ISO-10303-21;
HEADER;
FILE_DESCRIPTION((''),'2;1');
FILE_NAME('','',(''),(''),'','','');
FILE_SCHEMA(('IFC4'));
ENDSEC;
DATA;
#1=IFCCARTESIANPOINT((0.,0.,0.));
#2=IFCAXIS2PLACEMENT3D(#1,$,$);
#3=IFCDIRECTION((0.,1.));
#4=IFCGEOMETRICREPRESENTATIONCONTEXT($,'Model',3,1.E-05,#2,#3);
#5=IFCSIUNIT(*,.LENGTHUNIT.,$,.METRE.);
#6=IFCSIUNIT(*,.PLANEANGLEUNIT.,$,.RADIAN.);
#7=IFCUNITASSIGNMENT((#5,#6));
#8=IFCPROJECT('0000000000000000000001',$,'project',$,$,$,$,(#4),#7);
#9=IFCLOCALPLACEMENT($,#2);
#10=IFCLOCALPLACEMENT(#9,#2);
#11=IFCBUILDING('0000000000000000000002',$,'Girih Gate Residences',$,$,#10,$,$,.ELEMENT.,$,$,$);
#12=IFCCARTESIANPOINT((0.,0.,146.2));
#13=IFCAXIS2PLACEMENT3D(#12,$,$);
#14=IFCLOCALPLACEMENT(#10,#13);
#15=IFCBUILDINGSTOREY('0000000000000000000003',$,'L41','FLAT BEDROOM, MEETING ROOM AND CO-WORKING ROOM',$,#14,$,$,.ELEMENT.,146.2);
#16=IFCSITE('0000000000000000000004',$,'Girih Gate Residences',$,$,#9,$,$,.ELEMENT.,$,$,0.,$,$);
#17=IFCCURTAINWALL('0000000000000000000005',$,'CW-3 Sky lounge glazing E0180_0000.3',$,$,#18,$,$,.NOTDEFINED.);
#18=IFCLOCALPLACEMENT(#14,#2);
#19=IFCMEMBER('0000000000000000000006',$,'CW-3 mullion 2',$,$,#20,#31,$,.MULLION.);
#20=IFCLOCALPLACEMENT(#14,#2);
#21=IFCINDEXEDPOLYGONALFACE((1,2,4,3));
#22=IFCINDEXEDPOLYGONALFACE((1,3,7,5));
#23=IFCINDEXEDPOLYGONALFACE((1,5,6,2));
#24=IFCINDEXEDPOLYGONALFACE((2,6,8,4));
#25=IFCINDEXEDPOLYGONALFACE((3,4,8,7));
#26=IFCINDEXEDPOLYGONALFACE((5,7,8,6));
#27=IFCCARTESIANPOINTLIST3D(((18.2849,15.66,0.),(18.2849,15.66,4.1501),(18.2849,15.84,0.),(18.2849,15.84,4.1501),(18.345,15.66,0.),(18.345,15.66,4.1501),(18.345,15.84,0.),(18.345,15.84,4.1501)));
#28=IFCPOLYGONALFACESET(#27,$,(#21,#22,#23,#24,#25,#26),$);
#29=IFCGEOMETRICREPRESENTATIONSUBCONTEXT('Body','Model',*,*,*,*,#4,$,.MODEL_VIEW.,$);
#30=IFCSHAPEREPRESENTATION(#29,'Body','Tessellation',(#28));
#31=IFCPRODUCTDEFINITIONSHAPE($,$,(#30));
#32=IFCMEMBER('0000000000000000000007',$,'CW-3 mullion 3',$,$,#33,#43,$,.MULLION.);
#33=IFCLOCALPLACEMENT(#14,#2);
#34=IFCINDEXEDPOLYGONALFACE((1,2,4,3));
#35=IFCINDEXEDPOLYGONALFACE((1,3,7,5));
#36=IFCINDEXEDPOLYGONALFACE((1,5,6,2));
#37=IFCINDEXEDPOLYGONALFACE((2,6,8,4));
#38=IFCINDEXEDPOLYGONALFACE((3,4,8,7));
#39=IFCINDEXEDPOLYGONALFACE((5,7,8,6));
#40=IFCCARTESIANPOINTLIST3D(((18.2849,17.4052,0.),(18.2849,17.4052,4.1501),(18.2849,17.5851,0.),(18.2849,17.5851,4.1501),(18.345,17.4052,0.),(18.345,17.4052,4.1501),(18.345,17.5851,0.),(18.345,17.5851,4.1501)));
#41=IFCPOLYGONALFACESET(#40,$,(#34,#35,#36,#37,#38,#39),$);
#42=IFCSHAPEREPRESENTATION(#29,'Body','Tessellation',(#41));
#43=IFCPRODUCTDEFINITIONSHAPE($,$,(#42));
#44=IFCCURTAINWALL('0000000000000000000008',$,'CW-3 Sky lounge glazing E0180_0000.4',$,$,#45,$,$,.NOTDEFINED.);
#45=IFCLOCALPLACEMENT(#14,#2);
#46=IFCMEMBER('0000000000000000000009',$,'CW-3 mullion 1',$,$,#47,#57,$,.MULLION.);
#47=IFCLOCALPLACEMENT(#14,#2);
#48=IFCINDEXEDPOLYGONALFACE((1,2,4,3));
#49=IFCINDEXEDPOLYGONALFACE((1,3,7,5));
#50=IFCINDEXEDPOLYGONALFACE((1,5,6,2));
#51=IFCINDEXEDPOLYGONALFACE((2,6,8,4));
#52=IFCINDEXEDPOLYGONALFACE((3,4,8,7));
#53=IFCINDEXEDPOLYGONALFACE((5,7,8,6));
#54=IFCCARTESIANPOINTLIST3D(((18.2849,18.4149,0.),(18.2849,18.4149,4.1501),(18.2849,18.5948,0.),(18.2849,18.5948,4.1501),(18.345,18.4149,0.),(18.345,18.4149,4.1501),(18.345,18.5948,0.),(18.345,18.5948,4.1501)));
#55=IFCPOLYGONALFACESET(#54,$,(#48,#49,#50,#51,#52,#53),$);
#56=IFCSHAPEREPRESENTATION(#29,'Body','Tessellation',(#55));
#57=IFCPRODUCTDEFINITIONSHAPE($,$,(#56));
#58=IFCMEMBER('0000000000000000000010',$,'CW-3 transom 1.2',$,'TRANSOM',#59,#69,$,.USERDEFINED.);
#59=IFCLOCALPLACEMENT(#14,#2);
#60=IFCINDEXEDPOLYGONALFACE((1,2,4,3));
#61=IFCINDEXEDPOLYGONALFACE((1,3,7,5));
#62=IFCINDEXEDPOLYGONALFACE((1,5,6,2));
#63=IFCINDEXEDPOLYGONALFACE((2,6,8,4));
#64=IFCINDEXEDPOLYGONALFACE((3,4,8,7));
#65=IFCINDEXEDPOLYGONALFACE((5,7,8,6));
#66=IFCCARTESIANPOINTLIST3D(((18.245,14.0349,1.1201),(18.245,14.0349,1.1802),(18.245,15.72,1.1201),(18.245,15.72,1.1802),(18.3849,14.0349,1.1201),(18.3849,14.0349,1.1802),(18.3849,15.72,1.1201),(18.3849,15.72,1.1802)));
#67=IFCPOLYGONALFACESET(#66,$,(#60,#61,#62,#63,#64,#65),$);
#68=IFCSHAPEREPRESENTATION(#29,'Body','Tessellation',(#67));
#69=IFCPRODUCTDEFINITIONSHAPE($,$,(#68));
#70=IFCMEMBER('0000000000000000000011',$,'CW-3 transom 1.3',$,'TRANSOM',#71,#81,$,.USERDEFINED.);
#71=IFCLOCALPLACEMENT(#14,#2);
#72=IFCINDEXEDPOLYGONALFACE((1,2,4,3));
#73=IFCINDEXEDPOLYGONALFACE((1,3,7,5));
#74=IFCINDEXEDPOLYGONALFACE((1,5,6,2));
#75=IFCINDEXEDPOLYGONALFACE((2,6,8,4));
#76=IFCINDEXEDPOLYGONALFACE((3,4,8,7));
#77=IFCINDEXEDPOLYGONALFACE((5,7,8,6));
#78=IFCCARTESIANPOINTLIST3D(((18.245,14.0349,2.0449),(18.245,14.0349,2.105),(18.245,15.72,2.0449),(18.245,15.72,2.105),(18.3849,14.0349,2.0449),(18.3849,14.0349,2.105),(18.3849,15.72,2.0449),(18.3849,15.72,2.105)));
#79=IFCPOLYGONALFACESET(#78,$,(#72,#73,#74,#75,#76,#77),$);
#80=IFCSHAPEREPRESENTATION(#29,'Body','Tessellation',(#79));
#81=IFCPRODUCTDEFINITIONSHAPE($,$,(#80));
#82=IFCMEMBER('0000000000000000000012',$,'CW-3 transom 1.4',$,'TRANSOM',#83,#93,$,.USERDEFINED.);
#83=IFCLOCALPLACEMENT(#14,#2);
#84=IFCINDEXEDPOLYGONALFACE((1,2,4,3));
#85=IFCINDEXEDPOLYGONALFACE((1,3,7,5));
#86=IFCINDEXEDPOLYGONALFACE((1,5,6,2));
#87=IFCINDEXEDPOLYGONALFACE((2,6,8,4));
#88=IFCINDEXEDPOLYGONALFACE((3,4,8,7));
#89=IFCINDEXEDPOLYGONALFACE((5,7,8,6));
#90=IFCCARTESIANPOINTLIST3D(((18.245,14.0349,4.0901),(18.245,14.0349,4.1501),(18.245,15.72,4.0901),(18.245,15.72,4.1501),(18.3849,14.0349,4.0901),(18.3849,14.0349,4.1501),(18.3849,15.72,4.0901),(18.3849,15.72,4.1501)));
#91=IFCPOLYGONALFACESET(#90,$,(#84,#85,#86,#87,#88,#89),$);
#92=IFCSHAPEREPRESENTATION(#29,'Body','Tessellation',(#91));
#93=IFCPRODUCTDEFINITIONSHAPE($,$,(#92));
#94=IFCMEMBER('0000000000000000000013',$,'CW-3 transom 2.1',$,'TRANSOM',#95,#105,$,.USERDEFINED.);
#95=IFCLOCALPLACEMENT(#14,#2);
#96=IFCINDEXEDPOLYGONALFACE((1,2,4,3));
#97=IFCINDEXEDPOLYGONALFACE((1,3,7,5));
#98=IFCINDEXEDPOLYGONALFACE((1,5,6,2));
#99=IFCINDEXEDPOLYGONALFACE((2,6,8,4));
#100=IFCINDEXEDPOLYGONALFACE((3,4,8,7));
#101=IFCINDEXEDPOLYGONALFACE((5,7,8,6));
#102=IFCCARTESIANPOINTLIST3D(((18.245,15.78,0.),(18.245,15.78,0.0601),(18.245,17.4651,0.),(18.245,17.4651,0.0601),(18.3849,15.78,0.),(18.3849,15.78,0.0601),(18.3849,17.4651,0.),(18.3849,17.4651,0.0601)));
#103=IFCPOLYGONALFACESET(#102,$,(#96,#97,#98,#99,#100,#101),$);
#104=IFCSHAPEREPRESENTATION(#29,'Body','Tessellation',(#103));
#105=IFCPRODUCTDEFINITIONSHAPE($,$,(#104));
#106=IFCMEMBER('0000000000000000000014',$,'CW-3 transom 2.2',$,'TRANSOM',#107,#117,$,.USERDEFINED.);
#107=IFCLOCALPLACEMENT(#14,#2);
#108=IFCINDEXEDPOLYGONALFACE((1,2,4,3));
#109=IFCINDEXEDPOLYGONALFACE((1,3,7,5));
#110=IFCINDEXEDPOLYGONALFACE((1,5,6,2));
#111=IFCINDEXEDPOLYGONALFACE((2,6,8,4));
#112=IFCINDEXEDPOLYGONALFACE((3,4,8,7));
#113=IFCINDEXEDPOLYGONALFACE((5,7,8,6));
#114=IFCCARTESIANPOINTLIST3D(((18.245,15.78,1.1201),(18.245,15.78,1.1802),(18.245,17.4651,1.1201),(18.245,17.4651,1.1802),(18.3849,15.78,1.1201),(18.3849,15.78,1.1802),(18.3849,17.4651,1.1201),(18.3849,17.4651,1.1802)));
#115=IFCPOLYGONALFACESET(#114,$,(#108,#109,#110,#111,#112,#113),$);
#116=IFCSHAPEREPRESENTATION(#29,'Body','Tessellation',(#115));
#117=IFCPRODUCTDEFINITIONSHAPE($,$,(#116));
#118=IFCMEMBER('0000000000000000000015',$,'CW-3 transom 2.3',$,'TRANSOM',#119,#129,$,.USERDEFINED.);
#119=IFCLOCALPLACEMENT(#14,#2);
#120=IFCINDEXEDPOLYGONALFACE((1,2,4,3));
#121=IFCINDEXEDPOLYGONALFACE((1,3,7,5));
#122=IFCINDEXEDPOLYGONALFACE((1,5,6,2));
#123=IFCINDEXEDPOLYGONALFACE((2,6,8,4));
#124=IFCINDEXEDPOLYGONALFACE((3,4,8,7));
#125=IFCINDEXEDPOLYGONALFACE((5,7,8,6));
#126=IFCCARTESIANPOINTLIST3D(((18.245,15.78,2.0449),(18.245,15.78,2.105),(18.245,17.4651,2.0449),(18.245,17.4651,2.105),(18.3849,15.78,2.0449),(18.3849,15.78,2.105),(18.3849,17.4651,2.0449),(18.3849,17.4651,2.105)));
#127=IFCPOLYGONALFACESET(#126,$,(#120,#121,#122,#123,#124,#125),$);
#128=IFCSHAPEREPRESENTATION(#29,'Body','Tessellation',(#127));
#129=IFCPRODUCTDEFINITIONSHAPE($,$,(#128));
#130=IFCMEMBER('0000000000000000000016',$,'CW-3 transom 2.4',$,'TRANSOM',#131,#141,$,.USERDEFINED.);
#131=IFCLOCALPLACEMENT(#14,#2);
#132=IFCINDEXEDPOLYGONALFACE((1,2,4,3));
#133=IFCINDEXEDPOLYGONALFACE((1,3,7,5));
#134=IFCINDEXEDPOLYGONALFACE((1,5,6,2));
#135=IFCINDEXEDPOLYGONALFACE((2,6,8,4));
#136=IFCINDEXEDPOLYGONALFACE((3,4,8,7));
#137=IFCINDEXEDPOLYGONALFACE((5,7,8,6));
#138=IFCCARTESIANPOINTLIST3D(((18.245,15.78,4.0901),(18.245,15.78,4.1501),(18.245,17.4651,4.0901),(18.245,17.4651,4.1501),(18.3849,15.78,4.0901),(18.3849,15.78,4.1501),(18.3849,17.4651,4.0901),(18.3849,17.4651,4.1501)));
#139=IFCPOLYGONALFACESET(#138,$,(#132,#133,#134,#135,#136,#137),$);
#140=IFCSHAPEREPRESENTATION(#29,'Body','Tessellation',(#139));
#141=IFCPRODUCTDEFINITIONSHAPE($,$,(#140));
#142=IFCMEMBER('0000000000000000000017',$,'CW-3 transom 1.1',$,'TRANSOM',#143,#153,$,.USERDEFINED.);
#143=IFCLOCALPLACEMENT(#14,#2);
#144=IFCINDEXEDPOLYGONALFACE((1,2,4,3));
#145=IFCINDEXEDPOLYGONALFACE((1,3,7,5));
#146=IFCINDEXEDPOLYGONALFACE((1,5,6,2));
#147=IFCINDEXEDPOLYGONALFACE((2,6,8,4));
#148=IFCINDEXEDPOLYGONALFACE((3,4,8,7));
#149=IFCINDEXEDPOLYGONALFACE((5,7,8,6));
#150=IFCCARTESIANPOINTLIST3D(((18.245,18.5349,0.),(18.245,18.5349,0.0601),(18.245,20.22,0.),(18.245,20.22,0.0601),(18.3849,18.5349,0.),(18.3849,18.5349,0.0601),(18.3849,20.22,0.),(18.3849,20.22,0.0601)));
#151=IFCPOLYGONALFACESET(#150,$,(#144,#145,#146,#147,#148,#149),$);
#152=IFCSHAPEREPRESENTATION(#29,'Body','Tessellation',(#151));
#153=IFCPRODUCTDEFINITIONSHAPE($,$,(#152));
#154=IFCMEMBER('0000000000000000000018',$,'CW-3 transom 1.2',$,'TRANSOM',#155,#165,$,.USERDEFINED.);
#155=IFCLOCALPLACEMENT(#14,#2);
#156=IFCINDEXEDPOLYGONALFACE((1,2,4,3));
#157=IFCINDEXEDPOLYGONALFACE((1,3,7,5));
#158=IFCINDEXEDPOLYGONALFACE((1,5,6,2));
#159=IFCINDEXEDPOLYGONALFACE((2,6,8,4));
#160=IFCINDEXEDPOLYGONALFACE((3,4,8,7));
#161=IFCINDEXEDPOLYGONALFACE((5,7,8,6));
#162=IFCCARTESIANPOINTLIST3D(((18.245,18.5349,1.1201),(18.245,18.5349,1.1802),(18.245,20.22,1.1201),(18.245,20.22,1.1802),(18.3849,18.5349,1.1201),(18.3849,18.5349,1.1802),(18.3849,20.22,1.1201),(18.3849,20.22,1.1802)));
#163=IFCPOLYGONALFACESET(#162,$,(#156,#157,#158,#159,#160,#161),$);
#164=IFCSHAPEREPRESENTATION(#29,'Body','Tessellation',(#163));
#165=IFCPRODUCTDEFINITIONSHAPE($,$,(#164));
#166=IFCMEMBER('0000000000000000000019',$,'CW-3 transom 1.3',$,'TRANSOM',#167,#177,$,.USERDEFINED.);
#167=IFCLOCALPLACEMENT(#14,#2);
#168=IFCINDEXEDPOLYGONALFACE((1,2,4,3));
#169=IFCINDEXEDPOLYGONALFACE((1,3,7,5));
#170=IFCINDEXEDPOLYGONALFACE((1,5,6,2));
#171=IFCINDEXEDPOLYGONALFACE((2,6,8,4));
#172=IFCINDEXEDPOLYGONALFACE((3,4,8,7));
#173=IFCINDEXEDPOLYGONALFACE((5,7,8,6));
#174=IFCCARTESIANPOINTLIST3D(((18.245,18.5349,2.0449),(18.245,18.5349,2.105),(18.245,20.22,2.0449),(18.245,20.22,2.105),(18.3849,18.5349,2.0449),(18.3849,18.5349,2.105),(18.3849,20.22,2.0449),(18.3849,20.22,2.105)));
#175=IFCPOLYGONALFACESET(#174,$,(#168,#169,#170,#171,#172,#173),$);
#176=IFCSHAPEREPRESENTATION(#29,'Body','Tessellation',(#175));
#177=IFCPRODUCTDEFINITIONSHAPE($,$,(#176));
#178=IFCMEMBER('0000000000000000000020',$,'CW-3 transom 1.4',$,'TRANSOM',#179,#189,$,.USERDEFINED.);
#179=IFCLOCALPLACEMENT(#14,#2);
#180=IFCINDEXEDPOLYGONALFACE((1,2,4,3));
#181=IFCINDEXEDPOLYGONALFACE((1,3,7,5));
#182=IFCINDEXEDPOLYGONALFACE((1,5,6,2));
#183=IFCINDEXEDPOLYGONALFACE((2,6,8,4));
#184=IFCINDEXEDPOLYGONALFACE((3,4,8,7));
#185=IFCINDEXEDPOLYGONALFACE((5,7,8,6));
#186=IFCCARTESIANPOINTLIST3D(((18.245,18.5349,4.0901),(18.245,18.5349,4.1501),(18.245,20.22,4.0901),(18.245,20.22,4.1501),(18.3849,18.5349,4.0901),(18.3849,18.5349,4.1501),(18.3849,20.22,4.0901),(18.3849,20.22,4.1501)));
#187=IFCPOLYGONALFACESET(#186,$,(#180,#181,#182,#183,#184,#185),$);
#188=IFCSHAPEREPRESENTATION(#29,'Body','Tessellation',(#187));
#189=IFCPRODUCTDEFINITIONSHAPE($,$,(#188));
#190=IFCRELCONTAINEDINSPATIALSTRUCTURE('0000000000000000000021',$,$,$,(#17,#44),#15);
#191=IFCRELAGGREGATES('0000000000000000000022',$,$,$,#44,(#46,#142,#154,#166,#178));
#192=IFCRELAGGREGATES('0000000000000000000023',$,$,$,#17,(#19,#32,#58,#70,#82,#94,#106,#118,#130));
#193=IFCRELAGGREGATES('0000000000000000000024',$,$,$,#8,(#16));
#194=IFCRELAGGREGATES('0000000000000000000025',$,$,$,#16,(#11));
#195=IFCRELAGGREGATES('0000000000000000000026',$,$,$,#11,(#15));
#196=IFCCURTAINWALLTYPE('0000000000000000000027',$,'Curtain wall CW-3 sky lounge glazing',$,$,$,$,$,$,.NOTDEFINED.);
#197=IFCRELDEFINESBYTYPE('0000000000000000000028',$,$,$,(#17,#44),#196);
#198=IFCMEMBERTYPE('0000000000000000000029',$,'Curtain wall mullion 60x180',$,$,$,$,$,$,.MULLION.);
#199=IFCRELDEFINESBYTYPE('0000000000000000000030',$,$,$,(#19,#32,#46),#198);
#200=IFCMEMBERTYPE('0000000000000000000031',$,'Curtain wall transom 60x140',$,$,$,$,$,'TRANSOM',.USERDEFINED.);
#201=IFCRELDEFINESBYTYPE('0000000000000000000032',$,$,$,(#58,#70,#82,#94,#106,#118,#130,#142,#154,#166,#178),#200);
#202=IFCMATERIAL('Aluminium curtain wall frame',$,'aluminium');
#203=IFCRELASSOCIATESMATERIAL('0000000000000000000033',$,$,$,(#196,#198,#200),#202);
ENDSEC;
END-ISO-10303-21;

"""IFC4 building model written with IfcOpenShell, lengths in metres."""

from ifc_helpers import new_model, si_unit, direction, frame, origin, origin_2d, place, context, subcontext, project, spatial, rectangle, extrude, material, material_profile, profile_set, type_object, element, aggregate, save


model = new_model("IFC4")

# Units and contexts
model_context = context("Model", 3, precision=1e-05, world=origin(), true_north=direction((0.0, 1.0)))
body_context = subcontext(model_context, "Body", "Model", "MODEL_VIEW")
ifc_project = project(units=[si_unit("LENGTHUNIT", "METRE"), si_unit("PLANEANGLEUNIT", "RADIAN")], contexts=[model_context])

# Site, building, storey
site_placement = place(None, origin())
site = spatial("IfcSite", under=ifc_project, at=site_placement, Name="Girih Gate Residences", CompositionType="ELEMENT", RefElevation=0.0)
building_placement = place(site_placement, origin())
building = spatial("IfcBuilding", under=site, at=building_placement, Name="Girih Gate Residences", CompositionType="ELEMENT")
storey_placement = place(building_placement, frame((0.0, 0.0, 146.2)))
storey = spatial("IfcBuildingStorey", under=building, at=storey_placement, Name="L41", Description="FLAT BEDROOM, MEETING ROOM AND CO-WORKING ROOM", CompositionType="ELEMENT", Elevation=146.2)

# Curtain wall, members
ifc_material_1 = material(Name="Aluminium curtain wall frame", Category="aluminium")
curtain_wall_type = type_object("IfcCurtainWallType", Name="Curtain wall CW-3 sky lounge glazing", PredefinedType="NOTDEFINED", material=ifc_material_1)
curtain_wall_1_placement = place(storey_placement, origin())
curtain_wall_1 = element("IfcCurtainWall", 1, at=curtain_wall_1_placement, inside=storey, type_object=curtain_wall_type, Name="CW-3 Sky lounge glazing E0180_0000.3", PredefinedType="NOTDEFINED")
ifc_material_profile_1 = material_profile(ifc_material_1, rectangle(XDim=0.0601, YDim=0.1799, at=origin_2d()))
ifc_profile_set_1 = profile_set([ifc_material_profile_1], Name="Aluminium curtain wall frame")
member_type_1 = type_object("IfcMemberType", Name="Curtain wall mullion 60x180", PredefinedType="MULLION", material=ifc_profile_set_1)
member_1_placement = place(storey_placement, frame((18.3149, 15.75, 0.0), z_axis=(0.0, 0.0, 1.0), x_axis=(-1.0, 0.0, 0.0)))
member_1 = element("IfcMember", 2, at=member_1_placement, type_object=member_type_1, Name="CW-3 mullion 2", PredefinedType="MULLION", context=body_context, shape_type="SweptSolid", body=[
    extrude(rectangle(XDim=0.0601, YDim=0.1799, at=origin_2d()), origin(), (0.0, 0.0, 1.0), 4.1501),
])
member_2_placement = place(storey_placement, frame((18.3149, 17.4951, 0.0), z_axis=(0.0, 0.0, 1.0), x_axis=(-1.0, 0.0, 0.0)))
member_2 = element("IfcMember", 3, at=member_2_placement, type_object=member_type_1, Name="CW-3 mullion 3", PredefinedType="MULLION", context=body_context, shape_type="SweptSolid", body=[
    extrude(rectangle(XDim=0.0601, YDim=0.1799, at=origin_2d()), origin(), (0.0, 0.0, 1.0), 4.1501),
])

# Curtain wall, member
curtain_wall_2_placement = place(storey_placement, origin())
curtain_wall_2 = element("IfcCurtainWall", 4, at=curtain_wall_2_placement, inside=storey, type_object=curtain_wall_type, Name="CW-3 Sky lounge glazing E0180_0000.4", PredefinedType="NOTDEFINED")
member_3_placement = place(storey_placement, frame((18.3149, 18.5049, 0.0), z_axis=(0.0, 0.0, 1.0), x_axis=(-1.0, 0.0, 0.0)))
member_3 = element("IfcMember", 5, at=member_3_placement, type_object=member_type_1, Name="CW-3 mullion 1", PredefinedType="MULLION", context=body_context, shape_type="SweptSolid", body=[
    extrude(rectangle(XDim=0.0601, YDim=0.1799, at=origin_2d()), origin(), (0.0, 0.0, 1.0), 4.1501),
])

# Members
ifc_material_profile_2 = material_profile(ifc_material_1, rectangle(XDim=0.1399, YDim=0.0601, at=origin_2d()))
ifc_profile_set_2 = profile_set([ifc_material_profile_2], Name="Aluminium curtain wall frame")
member_type_2 = type_object("IfcMemberType", Name="Curtain wall transom 60x140", ElementType="TRANSOM", PredefinedType="USERDEFINED", material=ifc_profile_set_2)
member_4_placement = place(storey_placement, frame((18.3149, 14.0349, 1.1501), z_axis=(0.0, 1.0, 0.0), x_axis=(-1.0, 0.0, 0.0)))
member_4 = element("IfcMember", 6, at=member_4_placement, type_object=member_type_2, Name="CW-3 transom 1.2", ObjectType="TRANSOM", PredefinedType="USERDEFINED", context=body_context, shape_type="SweptSolid", body=[
    extrude(rectangle(XDim=0.1399, YDim=0.0601, at=origin_2d()), origin(), (0.0, 0.0, 1.0), 1.6851),
])
member_5_placement = place(storey_placement, frame((18.3149, 14.0349, 2.075), z_axis=(0.0, 1.0, 0.0), x_axis=(-1.0, 0.0, 0.0)))
member_5 = element("IfcMember", 7, at=member_5_placement, type_object=member_type_2, Name="CW-3 transom 1.3", ObjectType="TRANSOM", PredefinedType="USERDEFINED", context=body_context, shape_type="SweptSolid", body=[
    extrude(rectangle(XDim=0.1399, YDim=0.0601, at=origin_2d()), origin(), (0.0, 0.0, 1.0), 1.6851),
])
member_6_placement = place(storey_placement, frame((18.3149, 14.0349, 4.1201), z_axis=(0.0, 1.0, 0.0), x_axis=(-1.0, 0.0, 0.0)))
member_6 = element("IfcMember", 8, at=member_6_placement, type_object=member_type_2, Name="CW-3 transom 1.4", ObjectType="TRANSOM", PredefinedType="USERDEFINED", context=body_context, shape_type="SweptSolid", body=[
    extrude(rectangle(XDim=0.1399, YDim=0.0601, at=origin_2d()), origin(), (0.0, 0.0, 1.0), 1.6851),
])
member_7_placement = place(storey_placement, frame((18.3149, 15.78, 0.03), z_axis=(0.0, 1.0, 0.0), x_axis=(-1.0, 0.0, 0.0)))
member_7 = element("IfcMember", 9, at=member_7_placement, type_object=member_type_2, Name="CW-3 transom 2.1", ObjectType="TRANSOM", PredefinedType="USERDEFINED", context=body_context, shape_type="SweptSolid", body=[
    extrude(rectangle(XDim=0.1399, YDim=0.0601, at=origin_2d()), origin(), (0.0, 0.0, 1.0), 1.6851),
])
member_8_placement = place(storey_placement, frame((18.3149, 15.78, 1.1501), z_axis=(0.0, 1.0, 0.0), x_axis=(-1.0, 0.0, 0.0)))
member_8 = element("IfcMember", 10, at=member_8_placement, type_object=member_type_2, Name="CW-3 transom 2.2", ObjectType="TRANSOM", PredefinedType="USERDEFINED", context=body_context, shape_type="SweptSolid", body=[
    extrude(rectangle(XDim=0.1399, YDim=0.0601, at=origin_2d()), origin(), (0.0, 0.0, 1.0), 1.6851),
])
member_9_placement = place(storey_placement, frame((18.3149, 15.78, 2.075), z_axis=(0.0, 1.0, 0.0), x_axis=(-1.0, 0.0, 0.0)))
member_9 = element("IfcMember", 11, at=member_9_placement, type_object=member_type_2, Name="CW-3 transom 2.3", ObjectType="TRANSOM", PredefinedType="USERDEFINED", context=body_context, shape_type="SweptSolid", body=[
    extrude(rectangle(XDim=0.1399, YDim=0.0601, at=origin_2d()), origin(), (0.0, 0.0, 1.0), 1.6851),
])
member_10_placement = place(storey_placement, frame((18.3149, 15.78, 4.1201), z_axis=(0.0, 1.0, 0.0), x_axis=(-1.0, 0.0, 0.0)))
member_10 = element("IfcMember", 12, at=member_10_placement, type_object=member_type_2, Name="CW-3 transom 2.4", ObjectType="TRANSOM", PredefinedType="USERDEFINED", context=body_context, shape_type="SweptSolid", body=[
    extrude(rectangle(XDim=0.1399, YDim=0.0601, at=origin_2d()), origin(), (0.0, 0.0, 1.0), 1.6851),
])
member_11_placement = place(storey_placement, frame((18.3149, 18.5349, 0.03), z_axis=(0.0, 1.0, 0.0), x_axis=(-1.0, 0.0, 0.0)))
member_11 = element("IfcMember", 13, at=member_11_placement, type_object=member_type_2, Name="CW-3 transom 1.1", ObjectType="TRANSOM", PredefinedType="USERDEFINED", context=body_context, shape_type="SweptSolid", body=[
    extrude(rectangle(XDim=0.1399, YDim=0.0601, at=origin_2d()), origin(), (0.0, 0.0, 1.0), 1.6851),
])
member_12_placement = place(storey_placement, frame((18.3149, 18.5349, 1.1501), z_axis=(0.0, 1.0, 0.0), x_axis=(-1.0, 0.0, 0.0)))
member_12 = element("IfcMember", 14, at=member_12_placement, type_object=member_type_2, Name="CW-3 transom 1.2", ObjectType="TRANSOM", PredefinedType="USERDEFINED", context=body_context, shape_type="SweptSolid", body=[
    extrude(rectangle(XDim=0.1399, YDim=0.0601, at=origin_2d()), origin(), (0.0, 0.0, 1.0), 1.6851),
])
member_13_placement = place(storey_placement, frame((18.3149, 18.5349, 2.075), z_axis=(0.0, 1.0, 0.0), x_axis=(-1.0, 0.0, 0.0)))
member_13 = element("IfcMember", 15, at=member_13_placement, type_object=member_type_2, Name="CW-3 transom 1.3", ObjectType="TRANSOM", PredefinedType="USERDEFINED", context=body_context, shape_type="SweptSolid", body=[
    extrude(rectangle(XDim=0.1399, YDim=0.0601, at=origin_2d()), origin(), (0.0, 0.0, 1.0), 1.6851),
])
member_14_placement = place(storey_placement, frame((18.3149, 18.5349, 4.1201), z_axis=(0.0, 1.0, 0.0), x_axis=(-1.0, 0.0, 0.0)))
member_14 = element("IfcMember", 16, at=member_14_placement, type_object=member_type_2, Name="CW-3 transom 1.4", ObjectType="TRANSOM", PredefinedType="USERDEFINED", context=body_context, shape_type="SweptSolid", body=[
    extrude(rectangle(XDim=0.1399, YDim=0.0601, at=origin_2d()), origin(), (0.0, 0.0, 1.0), 1.6851),
])
aggregate(curtain_wall_2, [member_3, member_11, member_12, member_13, member_14])

aggregate(curtain_wall_1, [member_1, member_2, member_4, member_5, member_6, member_7, member_8, member_9, member_10])

save(model, "model.ifc")
